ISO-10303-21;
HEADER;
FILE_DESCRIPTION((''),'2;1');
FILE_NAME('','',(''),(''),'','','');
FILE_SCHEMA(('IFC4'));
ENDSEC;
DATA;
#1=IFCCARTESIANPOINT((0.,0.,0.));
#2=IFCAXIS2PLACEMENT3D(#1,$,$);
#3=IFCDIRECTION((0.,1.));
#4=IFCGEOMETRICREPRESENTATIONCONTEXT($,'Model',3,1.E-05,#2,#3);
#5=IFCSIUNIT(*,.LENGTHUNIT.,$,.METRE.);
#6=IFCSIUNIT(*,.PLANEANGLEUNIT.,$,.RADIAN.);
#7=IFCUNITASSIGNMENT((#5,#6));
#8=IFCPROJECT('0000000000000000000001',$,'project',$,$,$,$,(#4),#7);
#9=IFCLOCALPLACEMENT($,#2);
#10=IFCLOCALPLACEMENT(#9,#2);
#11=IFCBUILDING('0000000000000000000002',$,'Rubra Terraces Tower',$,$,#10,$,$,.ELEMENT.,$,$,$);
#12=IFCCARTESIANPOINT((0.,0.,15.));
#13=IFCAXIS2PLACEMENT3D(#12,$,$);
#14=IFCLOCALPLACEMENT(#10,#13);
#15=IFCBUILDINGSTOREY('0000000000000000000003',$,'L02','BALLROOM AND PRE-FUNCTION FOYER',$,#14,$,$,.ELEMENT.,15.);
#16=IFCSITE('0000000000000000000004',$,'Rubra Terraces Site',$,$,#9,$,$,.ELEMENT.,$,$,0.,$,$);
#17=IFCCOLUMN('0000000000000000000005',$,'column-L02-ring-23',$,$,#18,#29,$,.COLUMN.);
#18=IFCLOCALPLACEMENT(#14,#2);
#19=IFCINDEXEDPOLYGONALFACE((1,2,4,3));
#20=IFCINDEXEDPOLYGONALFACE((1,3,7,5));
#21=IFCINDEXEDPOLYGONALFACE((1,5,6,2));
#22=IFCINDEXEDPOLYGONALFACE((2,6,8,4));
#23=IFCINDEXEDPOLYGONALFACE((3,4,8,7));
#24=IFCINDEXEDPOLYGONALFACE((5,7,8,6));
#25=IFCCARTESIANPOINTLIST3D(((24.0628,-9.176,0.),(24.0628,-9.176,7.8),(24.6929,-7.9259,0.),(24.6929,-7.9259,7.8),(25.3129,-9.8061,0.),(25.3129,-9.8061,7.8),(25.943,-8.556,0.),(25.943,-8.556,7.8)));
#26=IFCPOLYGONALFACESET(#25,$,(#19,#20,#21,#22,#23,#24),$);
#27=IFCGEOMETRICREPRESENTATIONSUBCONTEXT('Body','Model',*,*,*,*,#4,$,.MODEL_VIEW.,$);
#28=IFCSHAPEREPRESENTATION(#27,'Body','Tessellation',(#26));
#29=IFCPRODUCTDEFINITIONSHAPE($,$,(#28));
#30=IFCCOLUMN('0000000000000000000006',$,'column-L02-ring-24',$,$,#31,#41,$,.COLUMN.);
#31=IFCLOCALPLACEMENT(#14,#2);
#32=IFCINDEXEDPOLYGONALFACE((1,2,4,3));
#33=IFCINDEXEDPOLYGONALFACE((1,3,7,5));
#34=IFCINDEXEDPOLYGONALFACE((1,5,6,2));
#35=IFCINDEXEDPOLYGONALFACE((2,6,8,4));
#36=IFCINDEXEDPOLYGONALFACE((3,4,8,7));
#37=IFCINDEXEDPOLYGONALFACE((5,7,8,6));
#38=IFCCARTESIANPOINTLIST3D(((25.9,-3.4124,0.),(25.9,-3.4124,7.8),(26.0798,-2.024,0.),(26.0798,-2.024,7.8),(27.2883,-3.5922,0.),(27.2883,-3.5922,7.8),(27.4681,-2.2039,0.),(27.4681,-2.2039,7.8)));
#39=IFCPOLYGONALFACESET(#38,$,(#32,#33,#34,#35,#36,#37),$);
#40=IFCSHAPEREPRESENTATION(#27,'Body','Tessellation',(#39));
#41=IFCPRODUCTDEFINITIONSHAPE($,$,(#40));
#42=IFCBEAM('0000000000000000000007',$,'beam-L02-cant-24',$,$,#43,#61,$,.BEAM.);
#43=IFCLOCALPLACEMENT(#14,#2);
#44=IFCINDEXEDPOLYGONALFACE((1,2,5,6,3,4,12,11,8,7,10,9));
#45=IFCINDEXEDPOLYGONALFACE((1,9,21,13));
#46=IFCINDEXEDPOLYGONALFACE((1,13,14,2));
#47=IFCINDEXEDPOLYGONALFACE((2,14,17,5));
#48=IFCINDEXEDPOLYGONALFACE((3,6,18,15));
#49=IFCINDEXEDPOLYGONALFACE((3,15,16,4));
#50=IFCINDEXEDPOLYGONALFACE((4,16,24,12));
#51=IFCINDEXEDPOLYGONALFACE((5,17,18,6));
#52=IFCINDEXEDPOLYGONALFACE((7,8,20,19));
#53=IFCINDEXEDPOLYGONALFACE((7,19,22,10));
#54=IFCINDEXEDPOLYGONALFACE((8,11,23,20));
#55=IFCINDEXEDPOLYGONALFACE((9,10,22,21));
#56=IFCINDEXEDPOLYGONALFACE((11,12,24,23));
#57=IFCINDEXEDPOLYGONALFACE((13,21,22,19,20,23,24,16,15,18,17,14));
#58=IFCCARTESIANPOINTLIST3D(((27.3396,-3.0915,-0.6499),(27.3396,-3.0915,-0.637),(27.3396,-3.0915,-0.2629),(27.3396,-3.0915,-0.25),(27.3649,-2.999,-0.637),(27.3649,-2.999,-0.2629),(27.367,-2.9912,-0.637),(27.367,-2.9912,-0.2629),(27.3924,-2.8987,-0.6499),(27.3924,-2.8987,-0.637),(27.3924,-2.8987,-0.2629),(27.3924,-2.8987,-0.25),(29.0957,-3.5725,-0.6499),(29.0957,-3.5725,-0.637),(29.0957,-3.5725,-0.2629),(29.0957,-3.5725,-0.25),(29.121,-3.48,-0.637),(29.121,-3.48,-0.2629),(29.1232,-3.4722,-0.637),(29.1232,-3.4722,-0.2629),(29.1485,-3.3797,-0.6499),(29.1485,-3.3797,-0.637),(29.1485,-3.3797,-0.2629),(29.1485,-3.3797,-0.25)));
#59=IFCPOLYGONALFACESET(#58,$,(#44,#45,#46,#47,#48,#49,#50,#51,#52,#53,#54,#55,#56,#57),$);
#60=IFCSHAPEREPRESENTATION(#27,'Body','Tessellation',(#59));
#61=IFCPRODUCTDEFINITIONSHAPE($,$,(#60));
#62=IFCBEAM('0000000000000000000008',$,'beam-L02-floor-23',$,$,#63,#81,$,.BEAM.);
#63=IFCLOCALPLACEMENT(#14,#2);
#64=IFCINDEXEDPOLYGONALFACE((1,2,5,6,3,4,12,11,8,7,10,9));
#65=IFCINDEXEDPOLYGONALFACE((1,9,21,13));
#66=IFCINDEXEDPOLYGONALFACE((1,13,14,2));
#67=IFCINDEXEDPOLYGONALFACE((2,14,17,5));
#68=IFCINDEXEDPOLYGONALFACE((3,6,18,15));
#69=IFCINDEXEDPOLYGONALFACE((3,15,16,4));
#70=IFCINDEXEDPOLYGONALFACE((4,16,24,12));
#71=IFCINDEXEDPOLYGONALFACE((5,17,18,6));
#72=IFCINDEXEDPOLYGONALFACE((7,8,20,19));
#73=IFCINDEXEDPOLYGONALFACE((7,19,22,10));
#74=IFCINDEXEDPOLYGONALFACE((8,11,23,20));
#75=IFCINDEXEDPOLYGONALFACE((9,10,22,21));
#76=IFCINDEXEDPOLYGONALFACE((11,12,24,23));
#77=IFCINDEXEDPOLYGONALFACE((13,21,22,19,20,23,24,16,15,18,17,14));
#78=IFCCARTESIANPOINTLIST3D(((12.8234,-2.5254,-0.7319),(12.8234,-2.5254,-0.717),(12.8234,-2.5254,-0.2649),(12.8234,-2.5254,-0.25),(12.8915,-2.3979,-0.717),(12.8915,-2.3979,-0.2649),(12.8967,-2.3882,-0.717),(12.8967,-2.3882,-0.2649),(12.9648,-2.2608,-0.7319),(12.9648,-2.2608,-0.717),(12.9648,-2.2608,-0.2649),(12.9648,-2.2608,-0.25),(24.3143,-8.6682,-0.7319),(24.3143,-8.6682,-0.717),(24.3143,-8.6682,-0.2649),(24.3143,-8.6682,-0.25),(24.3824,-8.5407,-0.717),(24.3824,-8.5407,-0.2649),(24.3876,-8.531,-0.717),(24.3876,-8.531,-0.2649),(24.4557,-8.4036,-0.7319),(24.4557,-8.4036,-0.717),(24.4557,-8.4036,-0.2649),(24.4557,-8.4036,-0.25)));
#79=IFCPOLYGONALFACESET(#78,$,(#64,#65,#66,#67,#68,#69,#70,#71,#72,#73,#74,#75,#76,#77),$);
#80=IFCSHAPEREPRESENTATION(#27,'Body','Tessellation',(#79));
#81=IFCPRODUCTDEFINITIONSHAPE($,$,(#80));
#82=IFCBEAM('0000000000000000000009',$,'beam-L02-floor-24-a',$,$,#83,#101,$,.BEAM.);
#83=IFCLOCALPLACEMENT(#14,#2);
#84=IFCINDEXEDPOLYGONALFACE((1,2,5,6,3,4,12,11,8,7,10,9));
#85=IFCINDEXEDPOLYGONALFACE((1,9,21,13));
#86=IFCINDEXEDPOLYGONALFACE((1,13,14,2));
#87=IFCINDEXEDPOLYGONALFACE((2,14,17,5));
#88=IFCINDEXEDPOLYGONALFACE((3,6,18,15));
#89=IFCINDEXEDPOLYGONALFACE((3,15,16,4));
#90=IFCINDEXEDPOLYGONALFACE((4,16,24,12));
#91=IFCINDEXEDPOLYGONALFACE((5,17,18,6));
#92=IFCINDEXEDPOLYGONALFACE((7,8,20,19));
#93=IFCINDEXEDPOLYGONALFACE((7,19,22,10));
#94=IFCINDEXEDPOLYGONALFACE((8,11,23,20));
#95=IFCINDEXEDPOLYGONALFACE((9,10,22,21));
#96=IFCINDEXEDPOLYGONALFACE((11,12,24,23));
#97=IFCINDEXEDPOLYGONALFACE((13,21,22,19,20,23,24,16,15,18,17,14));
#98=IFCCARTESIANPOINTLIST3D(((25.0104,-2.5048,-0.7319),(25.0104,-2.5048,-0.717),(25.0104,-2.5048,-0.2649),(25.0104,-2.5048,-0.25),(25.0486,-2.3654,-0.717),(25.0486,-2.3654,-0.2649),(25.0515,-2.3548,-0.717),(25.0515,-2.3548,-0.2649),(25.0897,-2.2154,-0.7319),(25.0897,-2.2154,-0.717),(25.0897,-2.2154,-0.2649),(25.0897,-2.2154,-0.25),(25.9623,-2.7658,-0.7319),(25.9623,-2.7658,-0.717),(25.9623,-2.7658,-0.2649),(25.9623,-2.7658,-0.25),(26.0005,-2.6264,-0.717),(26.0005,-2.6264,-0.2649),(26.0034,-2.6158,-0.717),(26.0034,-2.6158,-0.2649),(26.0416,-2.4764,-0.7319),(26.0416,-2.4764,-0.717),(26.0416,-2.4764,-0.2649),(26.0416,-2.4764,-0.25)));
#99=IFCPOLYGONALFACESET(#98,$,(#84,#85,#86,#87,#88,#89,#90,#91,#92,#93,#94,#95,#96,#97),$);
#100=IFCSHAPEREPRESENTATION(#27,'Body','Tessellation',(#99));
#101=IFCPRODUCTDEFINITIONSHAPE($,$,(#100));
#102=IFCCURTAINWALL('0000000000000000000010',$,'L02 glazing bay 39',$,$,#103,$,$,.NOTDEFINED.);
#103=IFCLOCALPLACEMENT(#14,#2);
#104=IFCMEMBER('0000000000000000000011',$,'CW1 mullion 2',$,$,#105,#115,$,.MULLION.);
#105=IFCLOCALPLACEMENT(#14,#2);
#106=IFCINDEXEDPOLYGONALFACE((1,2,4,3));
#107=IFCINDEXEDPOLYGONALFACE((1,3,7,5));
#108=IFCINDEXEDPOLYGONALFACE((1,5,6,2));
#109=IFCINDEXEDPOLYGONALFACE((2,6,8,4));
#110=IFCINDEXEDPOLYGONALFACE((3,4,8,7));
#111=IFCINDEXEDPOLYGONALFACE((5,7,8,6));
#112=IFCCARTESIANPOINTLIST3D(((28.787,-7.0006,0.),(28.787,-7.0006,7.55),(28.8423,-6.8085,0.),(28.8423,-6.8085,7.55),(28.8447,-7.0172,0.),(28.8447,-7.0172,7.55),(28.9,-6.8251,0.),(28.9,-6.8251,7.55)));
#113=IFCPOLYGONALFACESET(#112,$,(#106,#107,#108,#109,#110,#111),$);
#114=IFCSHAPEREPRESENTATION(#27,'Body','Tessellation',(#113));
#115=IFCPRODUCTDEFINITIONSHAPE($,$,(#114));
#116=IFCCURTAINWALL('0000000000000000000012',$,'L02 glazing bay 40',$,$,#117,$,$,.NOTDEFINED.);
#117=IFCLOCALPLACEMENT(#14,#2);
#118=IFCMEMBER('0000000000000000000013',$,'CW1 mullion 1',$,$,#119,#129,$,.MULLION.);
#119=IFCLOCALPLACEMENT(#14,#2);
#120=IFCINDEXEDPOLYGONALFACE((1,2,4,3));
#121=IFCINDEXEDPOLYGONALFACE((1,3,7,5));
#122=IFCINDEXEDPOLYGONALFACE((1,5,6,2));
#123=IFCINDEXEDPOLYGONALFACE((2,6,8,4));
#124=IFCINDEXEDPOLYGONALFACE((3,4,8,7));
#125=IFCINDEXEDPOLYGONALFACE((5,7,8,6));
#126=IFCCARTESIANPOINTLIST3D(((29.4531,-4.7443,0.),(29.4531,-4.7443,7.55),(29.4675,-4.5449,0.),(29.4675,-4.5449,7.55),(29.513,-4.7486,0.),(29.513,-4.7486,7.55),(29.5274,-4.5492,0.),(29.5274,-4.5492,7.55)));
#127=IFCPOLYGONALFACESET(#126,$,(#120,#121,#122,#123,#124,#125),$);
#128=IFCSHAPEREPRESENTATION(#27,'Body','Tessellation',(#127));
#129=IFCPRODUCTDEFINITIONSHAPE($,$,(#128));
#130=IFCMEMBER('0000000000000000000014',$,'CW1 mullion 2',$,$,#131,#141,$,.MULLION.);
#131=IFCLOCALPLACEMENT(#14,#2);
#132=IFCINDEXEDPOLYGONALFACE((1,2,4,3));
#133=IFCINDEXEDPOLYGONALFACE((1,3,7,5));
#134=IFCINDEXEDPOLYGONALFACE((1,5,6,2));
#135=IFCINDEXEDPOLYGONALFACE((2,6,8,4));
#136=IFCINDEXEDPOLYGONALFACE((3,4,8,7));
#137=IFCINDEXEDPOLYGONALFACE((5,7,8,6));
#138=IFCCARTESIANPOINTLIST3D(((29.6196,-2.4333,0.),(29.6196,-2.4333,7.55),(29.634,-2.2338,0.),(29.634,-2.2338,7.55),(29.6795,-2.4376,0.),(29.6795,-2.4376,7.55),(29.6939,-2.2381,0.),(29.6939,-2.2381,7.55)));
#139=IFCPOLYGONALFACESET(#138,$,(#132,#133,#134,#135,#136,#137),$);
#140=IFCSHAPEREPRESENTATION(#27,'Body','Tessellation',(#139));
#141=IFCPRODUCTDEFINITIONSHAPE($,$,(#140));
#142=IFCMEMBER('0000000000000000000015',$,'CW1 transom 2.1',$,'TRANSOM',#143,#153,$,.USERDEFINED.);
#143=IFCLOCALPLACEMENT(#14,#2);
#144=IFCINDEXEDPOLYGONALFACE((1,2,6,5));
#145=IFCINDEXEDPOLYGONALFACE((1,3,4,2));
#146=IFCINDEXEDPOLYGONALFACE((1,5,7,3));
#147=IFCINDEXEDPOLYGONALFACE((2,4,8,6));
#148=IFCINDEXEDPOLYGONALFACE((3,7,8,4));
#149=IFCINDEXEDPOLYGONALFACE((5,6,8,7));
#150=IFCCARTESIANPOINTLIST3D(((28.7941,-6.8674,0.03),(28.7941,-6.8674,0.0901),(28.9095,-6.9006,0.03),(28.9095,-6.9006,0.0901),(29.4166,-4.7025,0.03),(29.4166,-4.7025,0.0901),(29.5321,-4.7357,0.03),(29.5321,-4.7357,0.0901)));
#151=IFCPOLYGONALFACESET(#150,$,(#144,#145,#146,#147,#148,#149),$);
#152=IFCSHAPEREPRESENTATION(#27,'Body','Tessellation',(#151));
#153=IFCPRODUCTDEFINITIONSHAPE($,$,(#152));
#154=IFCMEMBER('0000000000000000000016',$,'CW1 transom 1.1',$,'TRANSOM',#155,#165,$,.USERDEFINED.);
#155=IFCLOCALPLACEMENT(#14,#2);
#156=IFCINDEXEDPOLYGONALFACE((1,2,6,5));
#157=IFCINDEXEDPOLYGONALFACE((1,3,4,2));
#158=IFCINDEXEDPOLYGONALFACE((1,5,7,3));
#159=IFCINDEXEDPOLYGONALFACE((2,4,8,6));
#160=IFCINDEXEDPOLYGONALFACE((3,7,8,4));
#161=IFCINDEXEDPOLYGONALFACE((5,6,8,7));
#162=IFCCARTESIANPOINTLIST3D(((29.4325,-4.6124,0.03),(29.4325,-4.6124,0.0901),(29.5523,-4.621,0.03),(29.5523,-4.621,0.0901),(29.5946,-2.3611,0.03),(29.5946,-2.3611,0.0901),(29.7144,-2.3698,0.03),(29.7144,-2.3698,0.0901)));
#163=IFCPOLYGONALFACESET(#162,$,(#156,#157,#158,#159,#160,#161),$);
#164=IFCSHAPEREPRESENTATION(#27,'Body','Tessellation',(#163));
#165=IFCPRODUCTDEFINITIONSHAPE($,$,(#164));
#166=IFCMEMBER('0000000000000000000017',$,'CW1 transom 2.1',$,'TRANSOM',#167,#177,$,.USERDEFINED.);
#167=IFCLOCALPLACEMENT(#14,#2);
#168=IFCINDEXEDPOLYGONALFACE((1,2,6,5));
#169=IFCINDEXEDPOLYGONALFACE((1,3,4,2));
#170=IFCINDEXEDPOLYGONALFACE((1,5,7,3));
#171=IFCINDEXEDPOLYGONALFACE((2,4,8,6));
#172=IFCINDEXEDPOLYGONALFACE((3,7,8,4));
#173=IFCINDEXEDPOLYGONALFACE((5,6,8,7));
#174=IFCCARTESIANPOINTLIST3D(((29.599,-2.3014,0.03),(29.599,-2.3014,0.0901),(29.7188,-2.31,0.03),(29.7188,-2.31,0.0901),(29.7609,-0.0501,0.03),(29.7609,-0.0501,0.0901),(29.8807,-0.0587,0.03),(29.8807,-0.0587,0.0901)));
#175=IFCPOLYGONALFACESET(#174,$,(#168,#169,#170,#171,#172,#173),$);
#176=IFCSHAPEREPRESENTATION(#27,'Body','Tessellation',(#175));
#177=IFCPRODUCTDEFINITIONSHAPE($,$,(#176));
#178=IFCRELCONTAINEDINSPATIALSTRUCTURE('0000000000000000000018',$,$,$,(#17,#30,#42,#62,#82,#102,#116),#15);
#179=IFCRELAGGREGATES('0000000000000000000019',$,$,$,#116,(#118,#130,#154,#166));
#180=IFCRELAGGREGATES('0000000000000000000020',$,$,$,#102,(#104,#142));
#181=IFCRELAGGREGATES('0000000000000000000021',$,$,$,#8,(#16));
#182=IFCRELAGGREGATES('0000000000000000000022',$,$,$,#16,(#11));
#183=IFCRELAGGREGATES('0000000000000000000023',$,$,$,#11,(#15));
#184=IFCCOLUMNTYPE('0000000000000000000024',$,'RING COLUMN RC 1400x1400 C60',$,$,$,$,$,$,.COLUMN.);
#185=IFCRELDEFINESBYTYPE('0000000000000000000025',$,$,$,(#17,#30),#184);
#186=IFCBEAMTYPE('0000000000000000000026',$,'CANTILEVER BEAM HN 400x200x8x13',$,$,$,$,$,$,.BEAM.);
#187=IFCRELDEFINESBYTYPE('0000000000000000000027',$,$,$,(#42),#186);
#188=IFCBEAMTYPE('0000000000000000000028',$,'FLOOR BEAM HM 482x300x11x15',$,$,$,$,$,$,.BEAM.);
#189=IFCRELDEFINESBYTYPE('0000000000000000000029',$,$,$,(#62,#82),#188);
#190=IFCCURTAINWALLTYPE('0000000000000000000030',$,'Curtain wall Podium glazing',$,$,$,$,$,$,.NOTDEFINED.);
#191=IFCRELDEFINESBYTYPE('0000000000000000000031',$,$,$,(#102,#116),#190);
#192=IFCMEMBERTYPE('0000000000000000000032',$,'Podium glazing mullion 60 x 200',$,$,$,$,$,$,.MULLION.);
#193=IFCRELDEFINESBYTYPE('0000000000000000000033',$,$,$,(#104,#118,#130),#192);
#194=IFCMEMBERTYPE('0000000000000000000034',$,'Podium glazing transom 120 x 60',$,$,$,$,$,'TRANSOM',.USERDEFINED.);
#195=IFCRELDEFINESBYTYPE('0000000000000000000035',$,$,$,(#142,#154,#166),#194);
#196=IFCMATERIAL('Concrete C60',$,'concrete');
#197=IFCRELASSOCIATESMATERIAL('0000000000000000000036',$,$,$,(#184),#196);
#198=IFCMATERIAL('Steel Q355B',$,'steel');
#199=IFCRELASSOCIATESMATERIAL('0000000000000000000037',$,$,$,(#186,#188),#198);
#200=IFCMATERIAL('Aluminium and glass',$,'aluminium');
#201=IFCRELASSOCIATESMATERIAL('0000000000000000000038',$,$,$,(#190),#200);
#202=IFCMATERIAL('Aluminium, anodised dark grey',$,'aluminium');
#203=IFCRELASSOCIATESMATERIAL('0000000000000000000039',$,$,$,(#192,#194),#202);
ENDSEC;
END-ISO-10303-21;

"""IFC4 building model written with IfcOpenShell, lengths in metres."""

from ifc_helpers import new_model, si_unit, direction, frame, origin, origin_2d, place, context, subcontext, project, spatial, rectangle, i_section, extrude, material, material_profile, profile_set, type_object, element, aggregate, save


model = new_model("IFC4")

# Units and contexts
model_context = context("Model", 3, precision=1e-05, world=origin(), true_north=direction((0.0, 1.0)))
body_context = subcontext(model_context, "Body", "Model", "MODEL_VIEW")
ifc_project = project(units=[si_unit("LENGTHUNIT", "METRE"), si_unit("PLANEANGLEUNIT", "RADIAN")], contexts=[model_context])

# Site, building, storey
site_placement = place(None, origin())
site = spatial("IfcSite", under=ifc_project, at=site_placement, Name="Rubra Terraces Site", CompositionType="ELEMENT", RefElevation=0.0)
building_placement = place(site_placement, origin())
building = spatial("IfcBuilding", under=site, at=building_placement, Name="Rubra Terraces Tower", CompositionType="ELEMENT")
storey_placement = place(building_placement, frame((0.0, 0.0, 15.0)))
storey = spatial("IfcBuildingStorey", under=building, at=storey_placement, Name="L02", Description="BALLROOM AND PRE-FUNCTION FOYER", CompositionType="ELEMENT", Elevation=15.0)

# Columns
ifc_material_1 = material(Name="Concrete C60", Category="concrete")
ifc_material_profile_1 = material_profile(ifc_material_1, rectangle(XDim=1.3999, YDim=1.3999, at=origin_2d()), Name="RC 1400x1400")
ifc_profile_set_1 = profile_set([ifc_material_profile_1], Name="Concrete C60")
column_type = type_object("IfcColumnType", Name="RING COLUMN RC 1400x1400 C60", PredefinedType="COLUMN", material=ifc_profile_set_1)
for number, where, z_axis, x_axis, name in (
    (1, (25.0029, -8.866, 0.0), (0.0, 0.0, 1.0), (0.450099, 0.892979, 0.0), "column-L02-ring-23"),
    (2, (26.6841, -2.8081, 0.0), (0.0, 0.0, 1.0), (0.128445, 0.991717, 0.0), "column-L02-ring-24"),
):
    element("IfcColumn", number, at=place(storey_placement, frame(where, z_axis=z_axis, x_axis=x_axis)), inside=storey, type_object=column_type, Name=name, PredefinedType="COLUMN", context=body_context, shape_type="SweptSolid", body=[
        extrude(rectangle(XDim=1.3999, YDim=1.3999, at=origin_2d()), origin(), (0.0, 0.0, 1.0), 7.8),
    ])

# Beams
ifc_material_2 = material(Name="Steel Q355B", Category="steel")
ifc_material_profile_2 = material_profile(ifc_material_2, i_section(OverallWidth=0.2, OverallDepth=0.3999, WebThickness=0.0081, FlangeThickness=0.0129, at=origin_2d()), Name="HN 400x200x8x13")
ifc_profile_set_2 = profile_set([ifc_material_profile_2], Name="Steel Q355B")
beam_type_1 = type_object("IfcBeamType", Name="CANTILEVER BEAM HN 400x200x8x13", PredefinedType="BEAM", material=ifc_profile_set_2)
beam_1_placement = place(storey_placement, frame((27.366, -2.9951, -0.45), z_axis=(0.964482, -0.26415, 0.0), x_axis=(0.26415, 0.964482, 0.0)))
element("IfcBeam", 3, at=beam_1_placement, inside=storey, type_object=beam_type_1, Name="beam-L02-cant-24", PredefinedType="BEAM", context=body_context, shape_type="SweptSolid", body=[
    extrude(i_section(OverallWidth=0.2, OverallDepth=0.3999, WebThickness=0.0081, FlangeThickness=0.0129, at=origin_2d()), origin(), (0.0, 0.0, 1.0), 1.8208),
])
ifc_material_profile_3 = material_profile(ifc_material_2, i_section(OverallWidth=0.3, OverallDepth=0.4819, WebThickness=0.011, FlangeThickness=0.0149, at=origin_2d()), Name="HM 482x300x11x15")
ifc_profile_set_3 = profile_set([ifc_material_profile_3], Name="Steel Q355B")
beam_type_2 = type_object("IfcBeamType", Name="FLOOR BEAM HM 482x300x11x15", PredefinedType="BEAM", material=ifc_profile_set_3)
beam_2_placement = place(storey_placement, frame((24.385, -8.5359, -0.491), z_axis=(-0.881897, 0.471443, 0.0), x_axis=(-0.471443, -0.881897, 0.0)))
element("IfcBeam", 4, at=beam_2_placement, inside=storey, type_object=beam_type_2, Name="beam-L02-floor-23", PredefinedType="BEAM", context=body_context, shape_type="SweptSolid", body=[
    extrude(i_section(OverallWidth=0.3, OverallDepth=0.4819, WebThickness=0.011, FlangeThickness=0.0149, at=origin_2d()), origin(), (0.0, 0.0, 1.0), 13.0298),
])
beam_3_placement = place(storey_placement, frame((26.002, -2.6211, -0.491), z_axis=(-0.964409, 0.264415, 0.0), x_axis=(-0.264415, -0.964409, 0.0)))
element("IfcBeam", 5, at=beam_3_placement, inside=storey, type_object=beam_type_2, Name="beam-L02-floor-24-a", PredefinedType="BEAM", context=body_context, shape_type="SweptSolid", body=[
    extrude(i_section(OverallWidth=0.3, OverallDepth=0.4819, WebThickness=0.011, FlangeThickness=0.0149, at=origin_2d()), origin(), (0.0, 0.0, 1.0), 0.9871),
])

# Curtain wall, member
ifc_material_3 = material(Name="Aluminium and glass", Category="aluminium")
curtain_wall_type = type_object("IfcCurtainWallType", Name="Curtain wall Podium glazing", PredefinedType="NOTDEFINED", material=ifc_material_3)
curtain_wall_1_placement = place(storey_placement, origin())
curtain_wall_1 = element("IfcCurtainWall", 6, at=curtain_wall_1_placement, inside=storey, type_object=curtain_wall_type, Name="L02 glazing bay 39", PredefinedType="NOTDEFINED")
ifc_material_4 = material(Name="Aluminium, anodised dark grey", Category="aluminium")
ifc_material_profile_4 = material_profile(ifc_material_4, rectangle(XDim=0.0601, YDim=0.2, at=origin_2d()), Name="AL 60x200")
ifc_profile_set_4 = profile_set([ifc_material_profile_4], Name="Aluminium, anodised dark grey")
member_type_1 = type_object("IfcMemberType", Name="Podium glazing mullion 60 x 200", PredefinedType="MULLION", material=ifc_profile_set_4)
member_1_placement = place(storey_placement, frame((28.8435, -6.9128, 0.0), z_axis=(0.0, 0.0, 1.0), x_axis=(-0.961047, 0.276384, 0.0)))
member_1 = element("IfcMember", 7, at=member_1_placement, type_object=member_type_1, Name="CW1 mullion 2", PredefinedType="MULLION", context=body_context, shape_type="SweptSolid", body=[
    extrude(rectangle(XDim=0.0601, YDim=0.2, at=origin_2d()), origin(), (0.0, 0.0, 1.0), 7.55),
])

# Curtain wall, members
curtain_wall_2_placement = place(storey_placement, origin())
curtain_wall_2 = element("IfcCurtainWall", 8, at=curtain_wall_2_placement, inside=storey, type_object=curtain_wall_type, Name="L02 glazing bay 40", PredefinedType="NOTDEFINED")
member_2_placement = place(storey_placement, frame((29.4902, -4.6467, 0.0), z_axis=(0.0, 0.0, 1.0), x_axis=(-0.99742, 0.071792, 0.0)))
member_2 = element("IfcMember", 9, at=member_2_placement, type_object=member_type_1, Name="CW1 mullion 1", PredefinedType="MULLION", context=body_context, shape_type="SweptSolid", body=[
    extrude(rectangle(XDim=0.0601, YDim=0.2, at=origin_2d()), origin(), (0.0, 0.0, 1.0), 7.55),
])
member_3_placement = place(storey_placement, frame((29.6567, -2.3357, 0.0), z_axis=(0.0, 0.0, 1.0), x_axis=(-0.99742, 0.071792, 0.0)))
member_3 = element("IfcMember", 10, at=member_3_placement, type_object=member_type_1, Name="CW1 mullion 2", PredefinedType="MULLION", context=body_context, shape_type="SweptSolid", body=[
    extrude(rectangle(XDim=0.0601, YDim=0.2, at=origin_2d()), origin(), (0.0, 0.0, 1.0), 7.55),
])

# Members
ifc_material_profile_5 = material_profile(ifc_material_4, rectangle(XDim=0.1201, YDim=0.0601, at=origin_2d()), Name="AL 120x60")
ifc_profile_set_5 = profile_set([ifc_material_profile_5], Name="Aluminium, anodised dark grey")
member_type_2 = type_object("IfcMemberType", Name="Podium glazing transom 120 x 60", ElementType="TRANSOM", PredefinedType="USERDEFINED", material=ifc_profile_set_5)
member_4_placement = place(storey_placement, frame((28.8518, -6.884, 0.0601), z_axis=(0.276352, 0.961056, 0.0), x_axis=(-0.961056, 0.276352, 0.0)))
member_4 = element("IfcMember", 11, at=member_4_placement, type_object=member_type_2, Name="CW1 transom 2.1", ObjectType="TRANSOM", PredefinedType="USERDEFINED", context=body_context, shape_type="SweptSolid", body=[
    extrude(rectangle(XDim=0.1201, YDim=0.0601, at=origin_2d()), origin(), (0.0, 0.0, 1.0), 2.2527),
])
member_5_placement = place(storey_placement, frame((29.4924, -4.6167, 0.0601), z_axis=(0.071824, 0.997417, 0.0), x_axis=(-0.997417, 0.071824, 0.0)))
member_5 = element("IfcMember", 12, at=member_5_placement, type_object=member_type_2, Name="CW1 transom 1.1", ObjectType="TRANSOM", PredefinedType="USERDEFINED", context=body_context, shape_type="SweptSolid", body=[
    extrude(rectangle(XDim=0.1201, YDim=0.0601, at=origin_2d()), origin(), (0.0, 0.0, 1.0), 2.2571),
])
member_6_placement = place(storey_placement, frame((29.6589, -2.3057, 0.0601), z_axis=(0.071716, 0.997425, 0.0), x_axis=(-0.997425, 0.071716, 0.0)))
member_6 = element("IfcMember", 13, at=member_6_placement, type_object=member_type_2, Name="CW1 transom 2.1", ObjectType="TRANSOM", PredefinedType="USERDEFINED", context=body_context, shape_type="SweptSolid", body=[
    extrude(rectangle(XDim=0.1201, YDim=0.0601, at=origin_2d()), origin(), (0.0, 0.0, 1.0), 2.2571),
])
aggregate(curtain_wall_2, [member_2, member_3, member_5, member_6])

aggregate(curtain_wall_1, [member_1, member_4])

save(model, "model.ifc")
